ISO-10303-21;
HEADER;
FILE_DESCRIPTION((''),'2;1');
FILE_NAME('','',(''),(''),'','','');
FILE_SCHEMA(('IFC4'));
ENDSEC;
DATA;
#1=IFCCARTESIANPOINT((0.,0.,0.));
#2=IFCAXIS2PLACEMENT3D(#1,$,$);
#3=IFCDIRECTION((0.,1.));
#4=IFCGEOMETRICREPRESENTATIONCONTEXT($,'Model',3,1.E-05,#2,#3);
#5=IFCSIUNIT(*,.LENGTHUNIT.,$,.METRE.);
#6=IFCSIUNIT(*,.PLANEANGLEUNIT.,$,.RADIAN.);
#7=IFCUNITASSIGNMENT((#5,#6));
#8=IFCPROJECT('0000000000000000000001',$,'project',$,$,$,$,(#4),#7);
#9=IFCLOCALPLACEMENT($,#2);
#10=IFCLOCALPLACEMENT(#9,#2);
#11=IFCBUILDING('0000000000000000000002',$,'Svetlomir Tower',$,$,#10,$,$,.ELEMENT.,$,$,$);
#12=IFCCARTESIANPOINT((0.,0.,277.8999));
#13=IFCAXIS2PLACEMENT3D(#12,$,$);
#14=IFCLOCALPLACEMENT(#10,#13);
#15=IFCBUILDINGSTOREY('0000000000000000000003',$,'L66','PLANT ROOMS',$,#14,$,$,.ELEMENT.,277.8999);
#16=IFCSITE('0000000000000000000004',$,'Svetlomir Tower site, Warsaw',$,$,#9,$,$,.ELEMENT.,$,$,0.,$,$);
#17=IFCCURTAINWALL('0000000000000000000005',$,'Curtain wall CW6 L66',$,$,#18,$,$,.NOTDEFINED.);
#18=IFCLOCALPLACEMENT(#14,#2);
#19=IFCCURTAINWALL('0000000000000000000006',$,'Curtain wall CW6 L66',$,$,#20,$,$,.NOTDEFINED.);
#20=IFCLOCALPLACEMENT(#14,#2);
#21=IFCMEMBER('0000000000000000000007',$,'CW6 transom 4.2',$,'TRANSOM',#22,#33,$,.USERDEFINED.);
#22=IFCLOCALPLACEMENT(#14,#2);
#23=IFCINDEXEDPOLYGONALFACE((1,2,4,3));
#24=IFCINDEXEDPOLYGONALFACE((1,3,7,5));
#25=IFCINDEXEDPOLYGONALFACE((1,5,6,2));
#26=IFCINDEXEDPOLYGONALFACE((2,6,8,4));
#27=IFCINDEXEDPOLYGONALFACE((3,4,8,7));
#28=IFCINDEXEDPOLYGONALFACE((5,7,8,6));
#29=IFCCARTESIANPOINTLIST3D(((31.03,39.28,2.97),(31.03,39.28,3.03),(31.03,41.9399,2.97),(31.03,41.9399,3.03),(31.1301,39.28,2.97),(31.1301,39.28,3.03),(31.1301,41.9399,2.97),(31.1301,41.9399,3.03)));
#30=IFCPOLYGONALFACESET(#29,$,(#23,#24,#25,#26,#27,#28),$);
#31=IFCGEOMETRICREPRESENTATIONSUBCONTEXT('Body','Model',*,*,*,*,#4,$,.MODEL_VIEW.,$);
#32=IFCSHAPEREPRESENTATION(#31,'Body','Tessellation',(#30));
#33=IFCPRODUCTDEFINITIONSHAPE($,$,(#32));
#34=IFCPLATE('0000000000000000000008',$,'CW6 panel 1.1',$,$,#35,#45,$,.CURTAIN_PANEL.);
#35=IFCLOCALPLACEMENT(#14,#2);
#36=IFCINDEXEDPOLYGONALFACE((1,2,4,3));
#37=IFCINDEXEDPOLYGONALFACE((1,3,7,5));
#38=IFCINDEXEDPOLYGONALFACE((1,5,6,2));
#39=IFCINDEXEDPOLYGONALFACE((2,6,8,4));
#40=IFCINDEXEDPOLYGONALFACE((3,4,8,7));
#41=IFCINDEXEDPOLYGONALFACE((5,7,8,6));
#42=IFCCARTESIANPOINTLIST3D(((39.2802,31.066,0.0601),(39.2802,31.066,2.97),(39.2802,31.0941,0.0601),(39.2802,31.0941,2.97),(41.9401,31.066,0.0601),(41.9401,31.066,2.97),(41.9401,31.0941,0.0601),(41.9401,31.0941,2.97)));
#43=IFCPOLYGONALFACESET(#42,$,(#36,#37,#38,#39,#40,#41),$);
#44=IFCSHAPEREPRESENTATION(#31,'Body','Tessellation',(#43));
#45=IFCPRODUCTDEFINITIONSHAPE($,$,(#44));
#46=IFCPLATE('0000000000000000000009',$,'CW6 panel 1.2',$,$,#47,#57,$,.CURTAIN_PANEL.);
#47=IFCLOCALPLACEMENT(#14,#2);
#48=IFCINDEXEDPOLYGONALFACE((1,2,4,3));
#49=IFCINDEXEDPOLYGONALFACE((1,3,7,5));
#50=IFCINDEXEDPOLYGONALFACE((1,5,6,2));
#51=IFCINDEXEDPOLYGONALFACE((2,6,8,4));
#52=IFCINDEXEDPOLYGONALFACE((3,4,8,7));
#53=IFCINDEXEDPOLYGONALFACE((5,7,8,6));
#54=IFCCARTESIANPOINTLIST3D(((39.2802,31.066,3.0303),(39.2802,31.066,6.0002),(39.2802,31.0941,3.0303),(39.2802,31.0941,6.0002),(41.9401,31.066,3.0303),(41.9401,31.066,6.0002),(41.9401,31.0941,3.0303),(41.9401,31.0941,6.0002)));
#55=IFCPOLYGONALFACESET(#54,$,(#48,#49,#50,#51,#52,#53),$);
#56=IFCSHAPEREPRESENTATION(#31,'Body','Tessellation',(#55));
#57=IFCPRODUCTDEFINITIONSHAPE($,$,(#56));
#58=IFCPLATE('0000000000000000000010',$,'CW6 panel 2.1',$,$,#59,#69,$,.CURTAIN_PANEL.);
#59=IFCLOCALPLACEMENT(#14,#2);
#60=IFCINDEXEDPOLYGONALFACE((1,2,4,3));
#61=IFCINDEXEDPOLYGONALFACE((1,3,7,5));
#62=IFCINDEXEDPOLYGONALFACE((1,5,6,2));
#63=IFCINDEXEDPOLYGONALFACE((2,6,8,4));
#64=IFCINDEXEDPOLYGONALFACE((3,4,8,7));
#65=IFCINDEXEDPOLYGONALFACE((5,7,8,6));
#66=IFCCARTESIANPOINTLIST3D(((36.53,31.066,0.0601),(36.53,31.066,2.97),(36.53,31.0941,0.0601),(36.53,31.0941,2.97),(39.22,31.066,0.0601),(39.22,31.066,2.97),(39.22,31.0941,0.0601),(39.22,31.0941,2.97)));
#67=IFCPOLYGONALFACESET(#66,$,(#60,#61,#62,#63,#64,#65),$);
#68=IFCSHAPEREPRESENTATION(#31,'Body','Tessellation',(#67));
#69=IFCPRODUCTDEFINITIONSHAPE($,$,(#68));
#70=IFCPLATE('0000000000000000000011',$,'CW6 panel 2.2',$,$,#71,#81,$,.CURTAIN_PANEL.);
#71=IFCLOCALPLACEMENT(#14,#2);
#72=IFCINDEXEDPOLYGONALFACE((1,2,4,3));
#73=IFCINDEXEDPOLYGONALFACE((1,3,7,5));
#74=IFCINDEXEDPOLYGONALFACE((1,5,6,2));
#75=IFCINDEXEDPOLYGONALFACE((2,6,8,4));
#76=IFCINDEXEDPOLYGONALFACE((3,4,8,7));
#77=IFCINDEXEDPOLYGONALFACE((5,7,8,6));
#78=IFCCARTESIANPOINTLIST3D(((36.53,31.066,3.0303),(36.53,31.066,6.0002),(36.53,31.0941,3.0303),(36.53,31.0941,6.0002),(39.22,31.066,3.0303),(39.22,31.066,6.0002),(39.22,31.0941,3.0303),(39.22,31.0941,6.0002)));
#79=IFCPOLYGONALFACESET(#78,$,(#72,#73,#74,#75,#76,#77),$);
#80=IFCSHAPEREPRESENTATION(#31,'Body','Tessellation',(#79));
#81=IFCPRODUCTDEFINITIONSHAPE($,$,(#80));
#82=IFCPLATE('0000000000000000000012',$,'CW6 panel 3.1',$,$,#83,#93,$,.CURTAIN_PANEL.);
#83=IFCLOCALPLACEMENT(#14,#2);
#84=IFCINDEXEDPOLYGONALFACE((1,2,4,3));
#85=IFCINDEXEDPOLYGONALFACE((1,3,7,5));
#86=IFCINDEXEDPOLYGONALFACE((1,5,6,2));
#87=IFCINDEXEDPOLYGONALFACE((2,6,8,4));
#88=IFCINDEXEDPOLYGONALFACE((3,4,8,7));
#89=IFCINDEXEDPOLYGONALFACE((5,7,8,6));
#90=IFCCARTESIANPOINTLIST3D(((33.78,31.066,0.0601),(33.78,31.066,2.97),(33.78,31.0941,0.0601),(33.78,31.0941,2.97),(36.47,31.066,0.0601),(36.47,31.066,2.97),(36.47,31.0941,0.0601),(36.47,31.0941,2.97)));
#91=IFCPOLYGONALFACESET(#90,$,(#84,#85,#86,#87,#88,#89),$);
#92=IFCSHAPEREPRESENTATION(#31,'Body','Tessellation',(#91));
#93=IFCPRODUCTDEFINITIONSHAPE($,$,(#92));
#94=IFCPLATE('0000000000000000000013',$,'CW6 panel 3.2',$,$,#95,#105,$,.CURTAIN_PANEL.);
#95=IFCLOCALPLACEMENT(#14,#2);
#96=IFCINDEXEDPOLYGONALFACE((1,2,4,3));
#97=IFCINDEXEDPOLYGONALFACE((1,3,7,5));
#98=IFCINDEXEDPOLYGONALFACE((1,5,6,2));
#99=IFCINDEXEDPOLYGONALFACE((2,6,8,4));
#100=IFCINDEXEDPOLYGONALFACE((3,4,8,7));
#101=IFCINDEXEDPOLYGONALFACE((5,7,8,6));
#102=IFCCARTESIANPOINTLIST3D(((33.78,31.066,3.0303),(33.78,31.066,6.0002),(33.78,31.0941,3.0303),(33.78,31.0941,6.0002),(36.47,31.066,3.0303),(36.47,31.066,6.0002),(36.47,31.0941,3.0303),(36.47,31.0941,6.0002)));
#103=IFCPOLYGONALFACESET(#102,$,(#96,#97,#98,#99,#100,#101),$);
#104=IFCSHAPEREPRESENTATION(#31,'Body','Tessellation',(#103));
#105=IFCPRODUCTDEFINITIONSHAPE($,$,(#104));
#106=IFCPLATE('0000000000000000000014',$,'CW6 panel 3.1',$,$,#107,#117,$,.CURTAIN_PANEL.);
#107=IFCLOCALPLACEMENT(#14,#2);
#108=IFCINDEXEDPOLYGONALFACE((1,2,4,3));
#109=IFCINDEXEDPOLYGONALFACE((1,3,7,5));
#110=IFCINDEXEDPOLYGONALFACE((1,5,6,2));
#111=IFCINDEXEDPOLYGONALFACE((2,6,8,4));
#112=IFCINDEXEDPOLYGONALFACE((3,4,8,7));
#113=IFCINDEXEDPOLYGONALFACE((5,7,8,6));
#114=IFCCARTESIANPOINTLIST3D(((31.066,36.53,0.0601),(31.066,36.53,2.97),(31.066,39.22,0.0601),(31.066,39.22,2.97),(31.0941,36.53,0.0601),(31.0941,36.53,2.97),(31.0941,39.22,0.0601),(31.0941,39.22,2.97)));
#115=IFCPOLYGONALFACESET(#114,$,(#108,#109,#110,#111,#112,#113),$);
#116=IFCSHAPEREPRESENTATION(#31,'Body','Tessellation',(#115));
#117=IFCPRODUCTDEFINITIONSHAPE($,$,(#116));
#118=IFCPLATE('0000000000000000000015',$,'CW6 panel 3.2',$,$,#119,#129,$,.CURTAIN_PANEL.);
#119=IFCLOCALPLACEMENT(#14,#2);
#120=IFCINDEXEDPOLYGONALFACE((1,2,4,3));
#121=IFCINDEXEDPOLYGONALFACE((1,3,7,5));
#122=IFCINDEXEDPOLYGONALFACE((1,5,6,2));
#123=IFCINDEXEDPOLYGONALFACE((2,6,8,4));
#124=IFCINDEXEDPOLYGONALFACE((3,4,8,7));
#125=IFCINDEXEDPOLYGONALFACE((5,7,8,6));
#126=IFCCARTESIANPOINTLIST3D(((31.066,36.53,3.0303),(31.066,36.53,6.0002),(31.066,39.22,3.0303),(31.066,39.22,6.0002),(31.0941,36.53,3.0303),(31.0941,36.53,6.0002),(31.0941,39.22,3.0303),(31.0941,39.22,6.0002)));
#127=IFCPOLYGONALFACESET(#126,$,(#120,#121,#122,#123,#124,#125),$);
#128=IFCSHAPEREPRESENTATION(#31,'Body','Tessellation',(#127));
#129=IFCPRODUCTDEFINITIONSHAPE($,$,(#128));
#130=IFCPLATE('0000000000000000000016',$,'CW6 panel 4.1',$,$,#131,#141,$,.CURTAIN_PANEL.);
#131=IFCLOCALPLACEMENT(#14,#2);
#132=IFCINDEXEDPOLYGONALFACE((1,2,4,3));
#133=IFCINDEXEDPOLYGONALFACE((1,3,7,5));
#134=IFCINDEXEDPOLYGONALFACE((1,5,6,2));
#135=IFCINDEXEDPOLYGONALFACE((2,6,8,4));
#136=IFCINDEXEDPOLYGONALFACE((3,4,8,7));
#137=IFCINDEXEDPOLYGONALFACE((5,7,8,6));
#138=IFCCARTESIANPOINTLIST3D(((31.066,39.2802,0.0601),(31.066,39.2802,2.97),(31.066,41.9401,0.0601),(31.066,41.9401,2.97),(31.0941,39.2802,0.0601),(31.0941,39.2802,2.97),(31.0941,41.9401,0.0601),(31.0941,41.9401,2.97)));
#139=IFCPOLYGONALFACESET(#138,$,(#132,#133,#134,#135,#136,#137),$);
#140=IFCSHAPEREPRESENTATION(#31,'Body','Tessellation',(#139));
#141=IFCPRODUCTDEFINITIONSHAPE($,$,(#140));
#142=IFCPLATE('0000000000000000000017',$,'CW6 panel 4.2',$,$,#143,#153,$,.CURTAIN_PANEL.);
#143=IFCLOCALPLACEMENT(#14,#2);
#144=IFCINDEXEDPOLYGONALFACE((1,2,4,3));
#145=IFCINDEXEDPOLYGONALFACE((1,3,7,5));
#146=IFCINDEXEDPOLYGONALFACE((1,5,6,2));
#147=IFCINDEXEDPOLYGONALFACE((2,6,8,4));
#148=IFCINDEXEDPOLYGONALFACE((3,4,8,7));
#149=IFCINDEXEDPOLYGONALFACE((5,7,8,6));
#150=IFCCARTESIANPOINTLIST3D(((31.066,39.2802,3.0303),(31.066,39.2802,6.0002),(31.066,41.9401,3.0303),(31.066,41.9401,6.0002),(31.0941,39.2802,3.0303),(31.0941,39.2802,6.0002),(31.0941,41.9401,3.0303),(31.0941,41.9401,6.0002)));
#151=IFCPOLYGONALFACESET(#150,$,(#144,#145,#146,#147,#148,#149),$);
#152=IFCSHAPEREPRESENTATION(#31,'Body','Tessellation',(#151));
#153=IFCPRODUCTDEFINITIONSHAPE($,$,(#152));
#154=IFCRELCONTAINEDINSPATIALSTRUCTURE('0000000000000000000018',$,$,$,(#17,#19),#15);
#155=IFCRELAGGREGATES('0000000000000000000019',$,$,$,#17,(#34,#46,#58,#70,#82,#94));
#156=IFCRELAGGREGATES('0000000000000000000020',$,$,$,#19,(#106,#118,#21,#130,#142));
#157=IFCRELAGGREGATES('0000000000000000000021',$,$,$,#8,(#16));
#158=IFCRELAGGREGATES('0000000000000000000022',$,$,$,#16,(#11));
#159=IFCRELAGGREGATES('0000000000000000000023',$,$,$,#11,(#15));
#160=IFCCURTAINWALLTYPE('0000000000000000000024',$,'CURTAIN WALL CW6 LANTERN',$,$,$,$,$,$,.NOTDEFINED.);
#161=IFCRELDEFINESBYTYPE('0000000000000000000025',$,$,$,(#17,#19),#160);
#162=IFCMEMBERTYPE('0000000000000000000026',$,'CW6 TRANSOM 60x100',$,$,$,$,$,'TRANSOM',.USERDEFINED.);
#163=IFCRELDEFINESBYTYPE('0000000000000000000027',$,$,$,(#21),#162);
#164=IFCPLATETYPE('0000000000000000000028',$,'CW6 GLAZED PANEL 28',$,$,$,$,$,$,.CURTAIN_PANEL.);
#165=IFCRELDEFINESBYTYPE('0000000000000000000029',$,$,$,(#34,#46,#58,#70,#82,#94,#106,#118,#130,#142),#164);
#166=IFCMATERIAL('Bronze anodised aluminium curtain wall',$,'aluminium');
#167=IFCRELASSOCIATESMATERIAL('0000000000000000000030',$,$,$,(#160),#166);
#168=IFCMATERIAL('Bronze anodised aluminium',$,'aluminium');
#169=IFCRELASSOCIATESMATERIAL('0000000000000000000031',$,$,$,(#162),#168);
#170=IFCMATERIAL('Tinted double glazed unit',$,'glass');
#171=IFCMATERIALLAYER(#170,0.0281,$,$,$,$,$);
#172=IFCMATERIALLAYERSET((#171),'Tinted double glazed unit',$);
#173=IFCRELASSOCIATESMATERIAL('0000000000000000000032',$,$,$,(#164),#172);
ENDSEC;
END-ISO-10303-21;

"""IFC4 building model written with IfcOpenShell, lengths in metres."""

from ifc_helpers import new_model, si_unit, direction, frame, origin, origin_2d, place, context, subcontext, project, spatial, rectangle, extrude, material, layer, layer_set, material_profile, profile_set, type_object, element, aggregate, save


model = new_model("IFC4")

# Units and contexts
model_context = context("Model", 3, precision=1e-05, world=origin(), true_north=direction((0.0, 1.0)))
body_context = subcontext(model_context, "Body", "Model", "MODEL_VIEW")
ifc_project = project(units=[si_unit("LENGTHUNIT", "METRE"), si_unit("PLANEANGLEUNIT", "RADIAN")], contexts=[model_context])

# Site, building, storey
site_placement = place(None, origin())
site = spatial("IfcSite", under=ifc_project, at=site_placement, Name="Svetlomir Tower site, Warsaw", CompositionType="ELEMENT", RefElevation=0.0)
building_placement = place(site_placement, origin())
building = spatial("IfcBuilding", under=site, at=building_placement, Name="Svetlomir Tower", CompositionType="ELEMENT")
storey_placement = place(building_placement, frame((0.0, 0.0, 277.8999)))
storey = spatial("IfcBuildingStorey", under=building, at=storey_placement, Name="L66", Description="PLANT ROOMS", CompositionType="ELEMENT", Elevation=277.8999)

# Curtain walls
ifc_material_1 = material(Name="Bronze anodised aluminium curtain wall", Category="aluminium")
curtain_wall_type = type_object("IfcCurtainWallType", Name="CURTAIN WALL CW6 LANTERN", PredefinedType="NOTDEFINED", material=ifc_material_1)
curtain_wall_1_placement = place(storey_placement, origin())
curtain_wall_1 = element("IfcCurtainWall", 1, at=curtain_wall_1_placement, inside=storey, type_object=curtain_wall_type, Name="Curtain wall CW6 L66", PredefinedType="NOTDEFINED")
curtain_wall_2_placement = place(storey_placement, origin())
curtain_wall_2 = element("IfcCurtainWall", 2, at=curtain_wall_2_placement, inside=storey, type_object=curtain_wall_type, Name="Curtain wall CW6 L66", PredefinedType="NOTDEFINED")

# Member
ifc_material_2 = material(Name="Bronze anodised aluminium", Category="aluminium")
ifc_material_profile_1 = material_profile(ifc_material_2, rectangle(XDim=0.1001, YDim=0.0601, at=origin_2d()), Name="AL 100x60")
ifc_profile_set_1 = profile_set([ifc_material_profile_1], Name="Bronze anodised aluminium 6063-T6")
member_type_1 = type_object("IfcMemberType", Name="CW6 TRANSOM 60x100", ElementType="TRANSOM", PredefinedType="USERDEFINED", material=ifc_profile_set_1)
member_1_placement = place(storey_placement, frame((31.0801, 39.28, 3.0), z_axis=(0.0, 1.0, 0.0), x_axis=(-1.0, 0.0, 0.0)))
member_1 = element("IfcMember", 3, at=member_1_placement, type_object=member_type_1, Name="CW6 transom 4.2", ObjectType="TRANSOM", PredefinedType="USERDEFINED", context=body_context, shape_type="SweptSolid", body=[
    extrude(rectangle(XDim=0.1001, YDim=0.0601, at=origin_2d()), origin(), (0.0, 0.0, 1.0), 2.6599),
])

# Plates
ifc_material_3 = material(Name="Tinted double glazed unit", Category="glass")
ifc_layer = layer(ifc_material_3, 0.0281)
ifc_layer_set = layer_set([ifc_layer], Name="Tinted double glazed unit")
plate_type = type_object("IfcPlateType", Name="CW6 GLAZED PANEL 28", PredefinedType="CURTAIN_PANEL", material=ifc_layer_set)
plate_1_placement = place(storey_placement, frame((40.6101, 31.0801, 0.0601), z_axis=(0.0, 0.0, 1.0), x_axis=(-1.0, 0.0, 0.0)))
plate_1 = element("IfcPlate", 4, at=plate_1_placement, type_object=plate_type, Name="CW6 panel 1.1", PredefinedType="CURTAIN_PANEL", context=body_context, shape_type="SweptSolid", body=[
    extrude(rectangle(XDim=2.6599, YDim=0.0281, at=origin_2d()), origin(), (0.0, 0.0, 1.0), 2.9099),
])
plate_2_placement = place(storey_placement, frame((40.6101, 31.0801, 3.0303), z_axis=(0.0, 0.0, 1.0), x_axis=(-1.0, 0.0, 0.0)))
plate_2 = element("IfcPlate", 5, at=plate_2_placement, type_object=plate_type, Name="CW6 panel 1.2", PredefinedType="CURTAIN_PANEL", context=body_context, shape_type="SweptSolid", body=[
    extrude(rectangle(XDim=2.6599, YDim=0.0281, at=origin_2d()), origin(), (0.0, 0.0, 1.0), 2.97),
])
plate_3_placement = place(storey_placement, frame((37.875, 31.0801, 0.0601), z_axis=(0.0, 0.0, 1.0), x_axis=(-1.0, 0.0, 0.0)))
plate_3 = element("IfcPlate", 6, at=plate_3_placement, type_object=plate_type, Name="CW6 panel 2.1", PredefinedType="CURTAIN_PANEL", context=body_context, shape_type="SweptSolid", body=[
    extrude(rectangle(XDim=2.6899, YDim=0.0281, at=origin_2d()), origin(), (0.0, 0.0, 1.0), 2.9099),
])
plate_4_placement = place(storey_placement, frame((37.875, 31.0801, 3.0303), z_axis=(0.0, 0.0, 1.0), x_axis=(-1.0, 0.0, 0.0)))
plate_4 = element("IfcPlate", 7, at=plate_4_placement, type_object=plate_type, Name="CW6 panel 2.2", PredefinedType="CURTAIN_PANEL", context=body_context, shape_type="SweptSolid", body=[
    extrude(rectangle(XDim=2.6899, YDim=0.0281, at=origin_2d()), origin(), (0.0, 0.0, 1.0), 2.97),
])
plate_5_placement = place(storey_placement, frame((35.125, 31.0801, 0.0601), z_axis=(0.0, 0.0, 1.0), x_axis=(-1.0, 0.0, 0.0)))
plate_5 = element("IfcPlate", 8, at=plate_5_placement, type_object=plate_type, Name="CW6 panel 3.1", PredefinedType="CURTAIN_PANEL", context=body_context, shape_type="SweptSolid", body=[
    extrude(rectangle(XDim=2.6899, YDim=0.0281, at=origin_2d()), origin(), (0.0, 0.0, 1.0), 2.9099),
])
plate_6_placement = place(storey_placement, frame((35.125, 31.0801, 3.0303), z_axis=(0.0, 0.0, 1.0), x_axis=(-1.0, 0.0, 0.0)))
plate_6 = element("IfcPlate", 9, at=plate_6_placement, type_object=plate_type, Name="CW6 panel 3.2", PredefinedType="CURTAIN_PANEL", context=body_context, shape_type="SweptSolid", body=[
    extrude(rectangle(XDim=2.6899, YDim=0.0281, at=origin_2d()), origin(), (0.0, 0.0, 1.0), 2.97),
])
aggregate(curtain_wall_1, [plate_1, plate_2, plate_3, plate_4, plate_5, plate_6])
plate_7_placement = place(storey_placement, frame((31.0801, 37.875, 0.0601), z_axis=(0.0, 0.0, 1.0), x_axis=(0.0, 1.0, 0.0)))
plate_7 = element("IfcPlate", 10, at=plate_7_placement, type_object=plate_type, Name="CW6 panel 3.1", PredefinedType="CURTAIN_PANEL", context=body_context, shape_type="SweptSolid", body=[
    extrude(rectangle(XDim=2.6899, YDim=0.0281, at=origin_2d()), origin(), (0.0, 0.0, 1.0), 2.9099),
])
plate_8_placement = place(storey_placement, frame((31.0801, 37.875, 3.0303), z_axis=(0.0, 0.0, 1.0), x_axis=(0.0, 1.0, 0.0)))
plate_8 = element("IfcPlate", 11, at=plate_8_placement, type_object=plate_type, Name="CW6 panel 3.2", PredefinedType="CURTAIN_PANEL", context=body_context, shape_type="SweptSolid", body=[
    extrude(rectangle(XDim=2.6899, YDim=0.0281, at=origin_2d()), origin(), (0.0, 0.0, 1.0), 2.97),
])
plate_9_placement = place(storey_placement, frame((31.0801, 40.6101, 0.0601), z_axis=(0.0, 0.0, 1.0), x_axis=(0.0, 1.0, 0.0)))
plate_9 = element("IfcPlate", 12, at=plate_9_placement, type_object=plate_type, Name="CW6 panel 4.1", PredefinedType="CURTAIN_PANEL", context=body_context, shape_type="SweptSolid", body=[
    extrude(rectangle(XDim=2.6599, YDim=0.0281, at=origin_2d()), origin(), (0.0, 0.0, 1.0), 2.9099),
])
plate_10_placement = place(storey_placement, frame((31.0801, 40.6101, 3.0303), z_axis=(0.0, 0.0, 1.0), x_axis=(0.0, 1.0, 0.0)))
plate_10 = element("IfcPlate", 13, at=plate_10_placement, type_object=plate_type, Name="CW6 panel 4.2", PredefinedType="CURTAIN_PANEL", context=body_context, shape_type="SweptSolid", body=[
    extrude(rectangle(XDim=2.6599, YDim=0.0281, at=origin_2d()), origin(), (0.0, 0.0, 1.0), 2.97),
])
aggregate(curtain_wall_2, [plate_7, plate_8, member_1, plate_9, plate_10])

save(model, "model.ifc")
